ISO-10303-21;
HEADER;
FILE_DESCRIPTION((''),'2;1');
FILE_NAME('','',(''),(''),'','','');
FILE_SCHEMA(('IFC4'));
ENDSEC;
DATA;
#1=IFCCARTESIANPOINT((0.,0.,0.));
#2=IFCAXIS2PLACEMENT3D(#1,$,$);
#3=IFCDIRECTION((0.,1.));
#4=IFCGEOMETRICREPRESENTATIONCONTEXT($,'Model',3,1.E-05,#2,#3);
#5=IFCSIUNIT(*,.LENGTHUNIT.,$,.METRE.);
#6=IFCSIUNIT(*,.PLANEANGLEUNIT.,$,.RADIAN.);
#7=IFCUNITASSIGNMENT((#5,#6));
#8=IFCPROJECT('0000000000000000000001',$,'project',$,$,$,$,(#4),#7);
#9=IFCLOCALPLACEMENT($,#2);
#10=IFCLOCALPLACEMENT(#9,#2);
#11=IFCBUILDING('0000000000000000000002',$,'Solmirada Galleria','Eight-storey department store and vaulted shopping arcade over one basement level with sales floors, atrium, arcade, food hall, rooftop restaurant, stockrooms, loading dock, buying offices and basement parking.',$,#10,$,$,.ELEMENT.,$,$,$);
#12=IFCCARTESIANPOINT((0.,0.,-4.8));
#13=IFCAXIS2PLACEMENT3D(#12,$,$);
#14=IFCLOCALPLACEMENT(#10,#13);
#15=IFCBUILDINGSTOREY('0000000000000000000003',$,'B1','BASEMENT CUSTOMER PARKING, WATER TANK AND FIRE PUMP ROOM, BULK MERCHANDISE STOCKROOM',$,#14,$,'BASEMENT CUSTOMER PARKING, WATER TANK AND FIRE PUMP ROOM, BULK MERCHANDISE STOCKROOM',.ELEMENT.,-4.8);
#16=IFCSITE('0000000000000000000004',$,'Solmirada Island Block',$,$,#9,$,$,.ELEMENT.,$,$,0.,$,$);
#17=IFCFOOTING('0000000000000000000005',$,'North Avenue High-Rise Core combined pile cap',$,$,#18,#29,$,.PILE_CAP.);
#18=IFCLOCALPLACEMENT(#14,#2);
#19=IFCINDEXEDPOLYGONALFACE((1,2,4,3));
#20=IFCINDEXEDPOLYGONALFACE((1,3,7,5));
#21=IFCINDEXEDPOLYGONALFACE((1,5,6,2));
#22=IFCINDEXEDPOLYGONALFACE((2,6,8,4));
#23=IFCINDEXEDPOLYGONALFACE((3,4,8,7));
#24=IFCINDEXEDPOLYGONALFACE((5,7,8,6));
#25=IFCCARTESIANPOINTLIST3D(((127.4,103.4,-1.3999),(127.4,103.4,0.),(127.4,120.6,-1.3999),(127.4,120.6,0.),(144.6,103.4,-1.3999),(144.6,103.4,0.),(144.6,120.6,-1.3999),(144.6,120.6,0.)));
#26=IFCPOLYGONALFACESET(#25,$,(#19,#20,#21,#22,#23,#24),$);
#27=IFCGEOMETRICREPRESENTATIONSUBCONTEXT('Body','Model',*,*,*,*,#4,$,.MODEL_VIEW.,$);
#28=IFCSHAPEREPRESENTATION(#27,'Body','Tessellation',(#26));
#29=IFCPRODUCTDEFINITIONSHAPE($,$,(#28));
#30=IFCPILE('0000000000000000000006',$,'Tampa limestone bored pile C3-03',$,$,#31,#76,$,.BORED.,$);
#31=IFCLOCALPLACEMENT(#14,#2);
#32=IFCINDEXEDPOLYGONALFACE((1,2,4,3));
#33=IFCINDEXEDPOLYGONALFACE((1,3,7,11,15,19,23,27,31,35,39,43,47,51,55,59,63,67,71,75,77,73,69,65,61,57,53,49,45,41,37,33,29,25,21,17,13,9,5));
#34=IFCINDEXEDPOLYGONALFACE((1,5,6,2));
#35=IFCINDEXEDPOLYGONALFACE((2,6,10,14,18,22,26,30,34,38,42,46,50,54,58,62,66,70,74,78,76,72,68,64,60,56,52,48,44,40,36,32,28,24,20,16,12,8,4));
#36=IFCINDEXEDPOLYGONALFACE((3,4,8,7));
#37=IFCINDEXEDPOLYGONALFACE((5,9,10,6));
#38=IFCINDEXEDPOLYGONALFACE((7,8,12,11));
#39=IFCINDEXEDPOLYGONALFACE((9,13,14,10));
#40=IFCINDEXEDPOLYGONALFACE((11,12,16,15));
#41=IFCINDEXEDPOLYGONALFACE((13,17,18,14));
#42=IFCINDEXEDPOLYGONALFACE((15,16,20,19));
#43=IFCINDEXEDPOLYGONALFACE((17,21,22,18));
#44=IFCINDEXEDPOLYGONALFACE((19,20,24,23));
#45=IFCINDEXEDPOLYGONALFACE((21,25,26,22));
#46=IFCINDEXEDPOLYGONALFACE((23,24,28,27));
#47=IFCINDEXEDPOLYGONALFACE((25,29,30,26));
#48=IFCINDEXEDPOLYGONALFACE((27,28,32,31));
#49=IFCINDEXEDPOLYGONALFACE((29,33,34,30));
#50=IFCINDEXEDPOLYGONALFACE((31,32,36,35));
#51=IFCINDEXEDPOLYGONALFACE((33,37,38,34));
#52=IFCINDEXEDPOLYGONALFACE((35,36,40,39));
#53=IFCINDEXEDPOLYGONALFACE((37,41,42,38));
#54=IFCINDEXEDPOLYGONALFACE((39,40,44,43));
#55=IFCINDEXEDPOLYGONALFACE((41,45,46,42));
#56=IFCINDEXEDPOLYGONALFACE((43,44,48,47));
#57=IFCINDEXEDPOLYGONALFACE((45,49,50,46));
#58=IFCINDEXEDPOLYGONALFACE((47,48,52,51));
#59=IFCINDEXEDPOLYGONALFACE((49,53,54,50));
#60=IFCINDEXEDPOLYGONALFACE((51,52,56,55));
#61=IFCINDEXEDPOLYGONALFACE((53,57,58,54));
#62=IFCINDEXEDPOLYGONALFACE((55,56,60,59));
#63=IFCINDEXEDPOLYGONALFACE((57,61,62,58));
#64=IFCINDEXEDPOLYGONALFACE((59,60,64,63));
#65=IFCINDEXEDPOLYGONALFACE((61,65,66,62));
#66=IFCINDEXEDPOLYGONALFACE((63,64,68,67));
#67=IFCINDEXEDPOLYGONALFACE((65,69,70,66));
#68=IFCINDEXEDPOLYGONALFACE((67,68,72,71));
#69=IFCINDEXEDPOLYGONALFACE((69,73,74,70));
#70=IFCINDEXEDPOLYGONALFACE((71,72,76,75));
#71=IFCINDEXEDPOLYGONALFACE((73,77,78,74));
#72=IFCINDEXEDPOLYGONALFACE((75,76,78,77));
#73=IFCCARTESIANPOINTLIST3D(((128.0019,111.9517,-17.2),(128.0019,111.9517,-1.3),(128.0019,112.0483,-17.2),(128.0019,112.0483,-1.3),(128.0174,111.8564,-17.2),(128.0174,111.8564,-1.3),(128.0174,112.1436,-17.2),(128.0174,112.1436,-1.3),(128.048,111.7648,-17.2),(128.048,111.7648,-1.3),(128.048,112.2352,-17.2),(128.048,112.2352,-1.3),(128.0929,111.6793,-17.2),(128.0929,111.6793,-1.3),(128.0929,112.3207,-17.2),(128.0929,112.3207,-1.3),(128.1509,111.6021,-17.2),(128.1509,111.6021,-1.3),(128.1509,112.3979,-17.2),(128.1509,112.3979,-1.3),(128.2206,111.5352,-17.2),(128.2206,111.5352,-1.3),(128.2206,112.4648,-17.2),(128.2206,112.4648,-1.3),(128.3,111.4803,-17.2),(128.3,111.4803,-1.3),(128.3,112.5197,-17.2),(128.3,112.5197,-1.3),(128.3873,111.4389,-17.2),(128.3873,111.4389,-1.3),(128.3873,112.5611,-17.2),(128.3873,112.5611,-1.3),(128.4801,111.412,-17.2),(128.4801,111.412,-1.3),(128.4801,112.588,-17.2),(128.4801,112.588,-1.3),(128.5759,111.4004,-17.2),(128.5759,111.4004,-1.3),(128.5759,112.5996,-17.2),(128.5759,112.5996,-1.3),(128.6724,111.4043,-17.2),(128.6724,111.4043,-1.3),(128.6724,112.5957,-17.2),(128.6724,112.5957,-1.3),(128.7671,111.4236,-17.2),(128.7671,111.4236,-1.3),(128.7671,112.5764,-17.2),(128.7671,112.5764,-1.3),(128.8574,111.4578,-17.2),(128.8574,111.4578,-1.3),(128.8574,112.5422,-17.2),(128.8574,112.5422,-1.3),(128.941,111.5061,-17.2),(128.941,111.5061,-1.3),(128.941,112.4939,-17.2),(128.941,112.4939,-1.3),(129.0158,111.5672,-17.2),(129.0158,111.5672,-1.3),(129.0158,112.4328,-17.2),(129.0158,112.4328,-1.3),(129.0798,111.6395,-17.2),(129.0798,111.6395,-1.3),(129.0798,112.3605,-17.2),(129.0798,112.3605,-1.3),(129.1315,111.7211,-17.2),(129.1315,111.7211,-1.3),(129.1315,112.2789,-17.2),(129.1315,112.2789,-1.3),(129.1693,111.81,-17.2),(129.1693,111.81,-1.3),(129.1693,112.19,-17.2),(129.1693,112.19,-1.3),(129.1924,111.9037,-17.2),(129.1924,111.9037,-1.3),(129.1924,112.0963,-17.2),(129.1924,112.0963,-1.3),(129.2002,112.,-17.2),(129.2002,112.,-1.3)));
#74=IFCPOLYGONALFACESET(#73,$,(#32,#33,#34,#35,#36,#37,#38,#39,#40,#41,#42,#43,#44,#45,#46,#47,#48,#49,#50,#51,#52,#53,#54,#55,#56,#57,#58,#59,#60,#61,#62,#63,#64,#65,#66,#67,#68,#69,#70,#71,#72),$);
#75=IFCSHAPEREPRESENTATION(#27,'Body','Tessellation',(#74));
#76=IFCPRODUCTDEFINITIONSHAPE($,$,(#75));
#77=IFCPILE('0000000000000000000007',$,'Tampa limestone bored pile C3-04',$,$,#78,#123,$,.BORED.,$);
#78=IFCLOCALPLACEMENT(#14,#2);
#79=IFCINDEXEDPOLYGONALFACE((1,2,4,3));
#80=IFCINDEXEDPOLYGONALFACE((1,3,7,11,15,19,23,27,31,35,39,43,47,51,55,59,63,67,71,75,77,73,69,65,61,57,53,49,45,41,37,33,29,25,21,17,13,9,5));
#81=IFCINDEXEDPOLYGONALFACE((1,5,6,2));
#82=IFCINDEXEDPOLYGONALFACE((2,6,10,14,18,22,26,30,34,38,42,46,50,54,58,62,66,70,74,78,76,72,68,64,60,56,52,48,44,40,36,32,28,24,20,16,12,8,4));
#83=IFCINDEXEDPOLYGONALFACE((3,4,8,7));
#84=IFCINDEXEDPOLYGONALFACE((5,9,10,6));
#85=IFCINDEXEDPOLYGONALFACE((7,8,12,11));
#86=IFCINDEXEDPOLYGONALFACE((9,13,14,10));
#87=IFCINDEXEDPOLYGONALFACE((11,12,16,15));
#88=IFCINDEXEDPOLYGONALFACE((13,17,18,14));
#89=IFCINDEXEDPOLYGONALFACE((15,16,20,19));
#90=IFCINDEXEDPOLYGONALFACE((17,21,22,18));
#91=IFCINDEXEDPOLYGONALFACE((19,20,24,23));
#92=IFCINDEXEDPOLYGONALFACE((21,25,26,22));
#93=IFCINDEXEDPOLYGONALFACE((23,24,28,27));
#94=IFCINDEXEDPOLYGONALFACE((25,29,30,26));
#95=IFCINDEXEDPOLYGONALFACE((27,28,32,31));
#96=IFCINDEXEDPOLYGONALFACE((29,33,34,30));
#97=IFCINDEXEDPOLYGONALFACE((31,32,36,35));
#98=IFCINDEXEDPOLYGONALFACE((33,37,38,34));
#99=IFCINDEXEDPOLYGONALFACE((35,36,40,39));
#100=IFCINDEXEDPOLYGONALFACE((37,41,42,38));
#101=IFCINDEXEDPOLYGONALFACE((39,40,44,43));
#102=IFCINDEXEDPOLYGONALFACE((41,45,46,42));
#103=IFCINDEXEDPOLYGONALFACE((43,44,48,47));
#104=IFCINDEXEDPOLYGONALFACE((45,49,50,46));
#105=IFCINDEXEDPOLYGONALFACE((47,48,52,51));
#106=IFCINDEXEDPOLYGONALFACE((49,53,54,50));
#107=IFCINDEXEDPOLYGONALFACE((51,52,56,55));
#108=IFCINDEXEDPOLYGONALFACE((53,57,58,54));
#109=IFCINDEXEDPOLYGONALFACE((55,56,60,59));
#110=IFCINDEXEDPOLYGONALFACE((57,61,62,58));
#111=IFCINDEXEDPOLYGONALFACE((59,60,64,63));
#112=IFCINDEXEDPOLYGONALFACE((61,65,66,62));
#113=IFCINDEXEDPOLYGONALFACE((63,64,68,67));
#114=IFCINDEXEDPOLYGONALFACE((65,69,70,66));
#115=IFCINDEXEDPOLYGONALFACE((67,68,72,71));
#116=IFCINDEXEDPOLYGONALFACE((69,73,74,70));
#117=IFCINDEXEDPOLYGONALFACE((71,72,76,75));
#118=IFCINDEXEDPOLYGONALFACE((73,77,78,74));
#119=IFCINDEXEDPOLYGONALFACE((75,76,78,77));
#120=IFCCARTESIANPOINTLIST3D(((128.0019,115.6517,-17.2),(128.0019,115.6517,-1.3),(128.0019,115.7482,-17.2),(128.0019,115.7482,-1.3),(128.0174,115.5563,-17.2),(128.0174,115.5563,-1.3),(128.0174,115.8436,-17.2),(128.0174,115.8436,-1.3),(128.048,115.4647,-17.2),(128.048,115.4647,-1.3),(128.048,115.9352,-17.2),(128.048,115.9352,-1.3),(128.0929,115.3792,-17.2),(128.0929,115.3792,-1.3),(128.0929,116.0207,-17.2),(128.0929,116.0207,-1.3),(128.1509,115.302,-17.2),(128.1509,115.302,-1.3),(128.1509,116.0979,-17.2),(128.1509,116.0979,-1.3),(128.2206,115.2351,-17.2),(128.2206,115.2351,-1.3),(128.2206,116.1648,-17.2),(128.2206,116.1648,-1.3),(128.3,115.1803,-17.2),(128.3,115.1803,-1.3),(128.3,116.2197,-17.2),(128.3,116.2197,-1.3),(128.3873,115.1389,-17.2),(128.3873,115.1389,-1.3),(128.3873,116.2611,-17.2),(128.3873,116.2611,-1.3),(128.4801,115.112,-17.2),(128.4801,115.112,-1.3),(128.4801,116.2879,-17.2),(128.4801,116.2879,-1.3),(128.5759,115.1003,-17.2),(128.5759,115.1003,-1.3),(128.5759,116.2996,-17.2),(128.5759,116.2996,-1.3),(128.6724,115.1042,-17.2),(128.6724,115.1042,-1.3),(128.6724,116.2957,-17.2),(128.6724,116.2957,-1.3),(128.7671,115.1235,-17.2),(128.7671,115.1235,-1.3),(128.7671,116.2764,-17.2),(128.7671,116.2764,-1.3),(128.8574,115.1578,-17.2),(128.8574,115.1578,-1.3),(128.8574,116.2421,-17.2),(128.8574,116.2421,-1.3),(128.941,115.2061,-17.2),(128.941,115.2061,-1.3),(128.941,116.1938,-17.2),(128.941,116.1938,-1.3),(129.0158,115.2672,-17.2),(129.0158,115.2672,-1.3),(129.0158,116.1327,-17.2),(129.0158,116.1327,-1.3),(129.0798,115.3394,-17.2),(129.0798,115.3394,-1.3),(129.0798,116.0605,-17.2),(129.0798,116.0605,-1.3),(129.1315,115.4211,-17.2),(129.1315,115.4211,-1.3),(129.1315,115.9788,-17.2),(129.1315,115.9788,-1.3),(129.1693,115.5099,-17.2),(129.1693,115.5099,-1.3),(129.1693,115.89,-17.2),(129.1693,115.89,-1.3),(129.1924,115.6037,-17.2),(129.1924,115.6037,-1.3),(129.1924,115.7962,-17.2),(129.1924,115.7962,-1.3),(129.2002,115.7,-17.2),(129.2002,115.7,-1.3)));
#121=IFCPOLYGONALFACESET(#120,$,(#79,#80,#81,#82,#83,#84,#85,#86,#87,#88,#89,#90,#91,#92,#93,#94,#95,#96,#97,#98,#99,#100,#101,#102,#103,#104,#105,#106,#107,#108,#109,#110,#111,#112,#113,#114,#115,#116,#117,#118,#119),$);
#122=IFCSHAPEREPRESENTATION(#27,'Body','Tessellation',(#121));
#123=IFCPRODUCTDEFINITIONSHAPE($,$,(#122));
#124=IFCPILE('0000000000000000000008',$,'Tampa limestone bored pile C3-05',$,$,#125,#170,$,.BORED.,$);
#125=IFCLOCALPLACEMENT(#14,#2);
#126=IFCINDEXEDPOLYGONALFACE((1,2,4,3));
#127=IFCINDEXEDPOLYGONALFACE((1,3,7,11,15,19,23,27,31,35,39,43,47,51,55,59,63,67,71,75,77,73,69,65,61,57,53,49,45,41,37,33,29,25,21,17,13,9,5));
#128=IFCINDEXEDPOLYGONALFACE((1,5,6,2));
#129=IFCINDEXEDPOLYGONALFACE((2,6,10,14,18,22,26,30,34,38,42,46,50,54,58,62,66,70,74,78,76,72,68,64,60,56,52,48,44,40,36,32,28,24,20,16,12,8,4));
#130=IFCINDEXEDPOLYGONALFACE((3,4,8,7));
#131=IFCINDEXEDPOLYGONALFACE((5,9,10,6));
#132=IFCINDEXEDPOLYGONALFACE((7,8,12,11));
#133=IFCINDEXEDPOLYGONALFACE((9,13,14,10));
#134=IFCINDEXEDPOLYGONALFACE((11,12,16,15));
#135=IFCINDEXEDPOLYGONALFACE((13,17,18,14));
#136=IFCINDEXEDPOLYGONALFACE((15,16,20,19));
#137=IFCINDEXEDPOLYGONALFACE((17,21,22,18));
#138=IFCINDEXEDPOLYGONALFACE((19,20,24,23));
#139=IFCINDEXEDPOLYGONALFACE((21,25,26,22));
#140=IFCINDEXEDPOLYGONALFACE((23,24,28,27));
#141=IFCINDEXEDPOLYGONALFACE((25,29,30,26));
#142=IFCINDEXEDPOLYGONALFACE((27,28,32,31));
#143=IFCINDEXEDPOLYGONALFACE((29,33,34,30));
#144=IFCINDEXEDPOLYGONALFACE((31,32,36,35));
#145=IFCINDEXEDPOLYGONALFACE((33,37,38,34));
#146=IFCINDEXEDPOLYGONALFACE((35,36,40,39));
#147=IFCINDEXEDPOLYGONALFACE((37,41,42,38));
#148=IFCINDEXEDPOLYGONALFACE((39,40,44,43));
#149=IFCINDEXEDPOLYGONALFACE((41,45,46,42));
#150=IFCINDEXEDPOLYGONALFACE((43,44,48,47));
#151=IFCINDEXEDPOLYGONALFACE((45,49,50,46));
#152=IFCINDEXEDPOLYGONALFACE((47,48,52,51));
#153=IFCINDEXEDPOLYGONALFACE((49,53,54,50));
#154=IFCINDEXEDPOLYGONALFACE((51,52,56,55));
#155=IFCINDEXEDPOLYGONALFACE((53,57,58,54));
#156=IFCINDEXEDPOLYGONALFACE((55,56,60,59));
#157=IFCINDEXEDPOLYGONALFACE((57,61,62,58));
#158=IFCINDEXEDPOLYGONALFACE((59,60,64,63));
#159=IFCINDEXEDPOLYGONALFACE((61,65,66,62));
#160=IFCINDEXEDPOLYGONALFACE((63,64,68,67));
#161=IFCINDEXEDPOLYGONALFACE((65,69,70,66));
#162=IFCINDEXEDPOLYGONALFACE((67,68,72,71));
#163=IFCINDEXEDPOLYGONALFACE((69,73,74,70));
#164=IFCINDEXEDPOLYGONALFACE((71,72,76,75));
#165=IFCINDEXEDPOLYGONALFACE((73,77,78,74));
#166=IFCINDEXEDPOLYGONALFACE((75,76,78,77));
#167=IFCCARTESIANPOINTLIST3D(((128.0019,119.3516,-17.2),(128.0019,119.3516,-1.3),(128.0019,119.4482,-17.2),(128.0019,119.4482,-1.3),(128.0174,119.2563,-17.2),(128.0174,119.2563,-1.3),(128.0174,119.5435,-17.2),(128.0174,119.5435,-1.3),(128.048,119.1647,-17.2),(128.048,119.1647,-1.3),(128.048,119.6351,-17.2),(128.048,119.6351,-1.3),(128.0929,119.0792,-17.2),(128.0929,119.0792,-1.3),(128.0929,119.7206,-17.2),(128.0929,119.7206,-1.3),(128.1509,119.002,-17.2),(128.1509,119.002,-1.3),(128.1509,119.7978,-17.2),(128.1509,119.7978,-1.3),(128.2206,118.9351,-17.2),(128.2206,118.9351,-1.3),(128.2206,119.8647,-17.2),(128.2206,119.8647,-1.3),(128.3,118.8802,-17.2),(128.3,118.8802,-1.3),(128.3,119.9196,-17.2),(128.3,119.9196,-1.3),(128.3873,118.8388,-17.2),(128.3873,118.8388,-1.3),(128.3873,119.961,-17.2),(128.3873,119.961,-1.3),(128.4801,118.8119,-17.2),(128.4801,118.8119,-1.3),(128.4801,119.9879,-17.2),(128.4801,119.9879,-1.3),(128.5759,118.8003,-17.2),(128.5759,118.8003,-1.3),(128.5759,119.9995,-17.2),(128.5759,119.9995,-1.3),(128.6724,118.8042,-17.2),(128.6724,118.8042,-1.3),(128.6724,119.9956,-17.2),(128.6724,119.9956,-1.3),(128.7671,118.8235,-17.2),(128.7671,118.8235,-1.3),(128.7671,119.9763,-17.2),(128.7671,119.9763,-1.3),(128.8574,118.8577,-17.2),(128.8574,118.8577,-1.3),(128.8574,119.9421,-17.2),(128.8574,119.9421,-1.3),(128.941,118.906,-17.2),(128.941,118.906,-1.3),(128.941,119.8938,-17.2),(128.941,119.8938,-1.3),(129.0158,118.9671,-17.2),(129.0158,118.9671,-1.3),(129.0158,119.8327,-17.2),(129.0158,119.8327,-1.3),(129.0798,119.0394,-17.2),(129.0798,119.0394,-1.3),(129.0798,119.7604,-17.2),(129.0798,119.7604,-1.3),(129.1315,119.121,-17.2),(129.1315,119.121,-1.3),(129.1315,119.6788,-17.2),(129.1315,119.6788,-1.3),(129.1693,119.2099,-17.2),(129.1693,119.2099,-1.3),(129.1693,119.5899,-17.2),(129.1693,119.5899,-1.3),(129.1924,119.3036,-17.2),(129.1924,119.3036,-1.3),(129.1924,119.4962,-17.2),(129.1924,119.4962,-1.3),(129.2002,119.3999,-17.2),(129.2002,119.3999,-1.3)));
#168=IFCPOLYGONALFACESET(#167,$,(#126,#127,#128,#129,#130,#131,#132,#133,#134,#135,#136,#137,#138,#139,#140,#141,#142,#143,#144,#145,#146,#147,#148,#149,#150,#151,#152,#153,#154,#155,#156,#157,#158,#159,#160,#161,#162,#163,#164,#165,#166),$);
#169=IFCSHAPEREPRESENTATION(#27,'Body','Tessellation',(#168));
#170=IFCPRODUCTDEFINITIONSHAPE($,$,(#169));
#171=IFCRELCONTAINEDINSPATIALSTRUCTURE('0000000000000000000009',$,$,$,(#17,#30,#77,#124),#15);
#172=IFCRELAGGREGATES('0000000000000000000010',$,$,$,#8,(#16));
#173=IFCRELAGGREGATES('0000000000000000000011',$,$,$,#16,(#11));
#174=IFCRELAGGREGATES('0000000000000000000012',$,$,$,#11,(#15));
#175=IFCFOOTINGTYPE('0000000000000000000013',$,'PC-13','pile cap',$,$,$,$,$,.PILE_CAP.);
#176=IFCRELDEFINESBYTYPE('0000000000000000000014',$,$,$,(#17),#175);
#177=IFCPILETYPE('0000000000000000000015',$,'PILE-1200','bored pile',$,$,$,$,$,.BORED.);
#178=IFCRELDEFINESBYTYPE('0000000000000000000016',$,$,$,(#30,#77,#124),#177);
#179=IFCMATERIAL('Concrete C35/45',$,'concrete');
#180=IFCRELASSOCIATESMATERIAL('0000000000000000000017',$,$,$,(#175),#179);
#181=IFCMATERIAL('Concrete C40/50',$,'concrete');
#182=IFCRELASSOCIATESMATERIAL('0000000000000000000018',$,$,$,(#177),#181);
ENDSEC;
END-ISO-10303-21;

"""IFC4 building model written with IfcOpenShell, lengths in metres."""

from ifc_helpers import new_model, si_unit, direction, frame, origin, origin_2d, place, context, subcontext, project, spatial, rectangle, circle, extrude, material, material_profile, profile_set, type_object, element, save


model = new_model("IFC4")

# Units and contexts
model_context = context("Model", 3, precision=1e-05, world=origin(), true_north=direction((0.0, 1.0)))
body_context = subcontext(model_context, "Body", "Model", "MODEL_VIEW")
ifc_project = project(units=[si_unit("LENGTHUNIT", "METRE"), si_unit("PLANEANGLEUNIT", "RADIAN")], contexts=[model_context])

# Site, building, storey
site_placement = place(None, origin())
site = spatial("IfcSite", under=ifc_project, at=site_placement, Name="Solmirada Island Block", CompositionType="ELEMENT", RefElevation=0.0)
building_placement = place(site_placement, origin())
building = spatial("IfcBuilding", under=site, at=building_placement, Name="Solmirada Galleria", Description="Eight-storey department store and vaulted shopping arcade over one basement level with sales floors, atrium, arcade, food hall, rooftop restaurant, stockrooms, loading dock, buying offices and basement parking.", CompositionType="ELEMENT")
storey_placement = place(building_placement, frame((0.0, 0.0, -4.8)))
storey = spatial("IfcBuildingStorey", under=building, at=storey_placement, Name="B1", Description="BASEMENT CUSTOMER PARKING, WATER TANK AND FIRE PUMP ROOM, BULK MERCHANDISE STOCKROOM", LongName="BASEMENT CUSTOMER PARKING, WATER TANK AND FIRE PUMP ROOM, BULK MERCHANDISE STOCKROOM", CompositionType="ELEMENT", Elevation=-4.8)

# Footing
ifc_material_1 = material(Name="Concrete C35/45", Category="concrete")
footing_type = type_object("IfcFootingType", Name="PC-13", Description="pile cap", PredefinedType="PILE_CAP", material=ifc_material_1)
footing_placement = place(storey_placement, frame((136.0, 112.0, -1.3999), z_axis=(0.0, 0.0, 1.0), x_axis=(1.0, 0.0, 0.0)))
element("IfcFooting", 1, at=footing_placement, inside=storey, type_object=footing_type, Name="North Avenue High-Rise Core combined pile cap", PredefinedType="PILE_CAP", context=body_context, shape_type="SweptSolid", body=[
    extrude(rectangle(XDim=17.2, YDim=17.2, at=origin_2d()), origin(), (0.0, 0.0, 1.0), 1.3999),
])

# Piles
ifc_material_2 = material(Name="Concrete C40/50", Category="concrete")
ifc_material_profile_1 = material_profile(ifc_material_2, circle(Radius=0.6001, at=origin_2d()), Name="PILE1200")
ifc_profile_set_1 = profile_set([ifc_material_profile_1], Name="Concrete C40/50")
pile_type = type_object("IfcPileType", Name="PILE-1200", Description="bored pile", PredefinedType="BORED", material=ifc_profile_set_1)
for number, where, z_axis, x_axis, name in (
    (2, (128.6001, 112.0, -1.3), (0.0, 0.0, -1.0), (1.0, 0.0, 0.0), "Tampa limestone bored pile C3-03"),
    (3, (128.6001, 115.7, -1.3), (0.0, 0.0, -1.0), (1.0, 0.0, 0.0), "Tampa limestone bored pile C3-04"),
    (4, (128.6001, 119.3999, -1.3), (0.0, 0.0, -1.0), (1.0, 0.0, 0.0), "Tampa limestone bored pile C3-05"),
):
    element("IfcPile", number, at=place(storey_placement, frame(where, z_axis=z_axis, x_axis=x_axis)), inside=storey, type_object=pile_type, Name=name, PredefinedType="BORED", context=body_context, shape_type="SweptSolid", body=[
        extrude(circle(Radius=0.6001, at=origin_2d()), origin(), (0.0, 0.0, 1.0), 15.8999),
    ])

save(model, "model.ifc")
